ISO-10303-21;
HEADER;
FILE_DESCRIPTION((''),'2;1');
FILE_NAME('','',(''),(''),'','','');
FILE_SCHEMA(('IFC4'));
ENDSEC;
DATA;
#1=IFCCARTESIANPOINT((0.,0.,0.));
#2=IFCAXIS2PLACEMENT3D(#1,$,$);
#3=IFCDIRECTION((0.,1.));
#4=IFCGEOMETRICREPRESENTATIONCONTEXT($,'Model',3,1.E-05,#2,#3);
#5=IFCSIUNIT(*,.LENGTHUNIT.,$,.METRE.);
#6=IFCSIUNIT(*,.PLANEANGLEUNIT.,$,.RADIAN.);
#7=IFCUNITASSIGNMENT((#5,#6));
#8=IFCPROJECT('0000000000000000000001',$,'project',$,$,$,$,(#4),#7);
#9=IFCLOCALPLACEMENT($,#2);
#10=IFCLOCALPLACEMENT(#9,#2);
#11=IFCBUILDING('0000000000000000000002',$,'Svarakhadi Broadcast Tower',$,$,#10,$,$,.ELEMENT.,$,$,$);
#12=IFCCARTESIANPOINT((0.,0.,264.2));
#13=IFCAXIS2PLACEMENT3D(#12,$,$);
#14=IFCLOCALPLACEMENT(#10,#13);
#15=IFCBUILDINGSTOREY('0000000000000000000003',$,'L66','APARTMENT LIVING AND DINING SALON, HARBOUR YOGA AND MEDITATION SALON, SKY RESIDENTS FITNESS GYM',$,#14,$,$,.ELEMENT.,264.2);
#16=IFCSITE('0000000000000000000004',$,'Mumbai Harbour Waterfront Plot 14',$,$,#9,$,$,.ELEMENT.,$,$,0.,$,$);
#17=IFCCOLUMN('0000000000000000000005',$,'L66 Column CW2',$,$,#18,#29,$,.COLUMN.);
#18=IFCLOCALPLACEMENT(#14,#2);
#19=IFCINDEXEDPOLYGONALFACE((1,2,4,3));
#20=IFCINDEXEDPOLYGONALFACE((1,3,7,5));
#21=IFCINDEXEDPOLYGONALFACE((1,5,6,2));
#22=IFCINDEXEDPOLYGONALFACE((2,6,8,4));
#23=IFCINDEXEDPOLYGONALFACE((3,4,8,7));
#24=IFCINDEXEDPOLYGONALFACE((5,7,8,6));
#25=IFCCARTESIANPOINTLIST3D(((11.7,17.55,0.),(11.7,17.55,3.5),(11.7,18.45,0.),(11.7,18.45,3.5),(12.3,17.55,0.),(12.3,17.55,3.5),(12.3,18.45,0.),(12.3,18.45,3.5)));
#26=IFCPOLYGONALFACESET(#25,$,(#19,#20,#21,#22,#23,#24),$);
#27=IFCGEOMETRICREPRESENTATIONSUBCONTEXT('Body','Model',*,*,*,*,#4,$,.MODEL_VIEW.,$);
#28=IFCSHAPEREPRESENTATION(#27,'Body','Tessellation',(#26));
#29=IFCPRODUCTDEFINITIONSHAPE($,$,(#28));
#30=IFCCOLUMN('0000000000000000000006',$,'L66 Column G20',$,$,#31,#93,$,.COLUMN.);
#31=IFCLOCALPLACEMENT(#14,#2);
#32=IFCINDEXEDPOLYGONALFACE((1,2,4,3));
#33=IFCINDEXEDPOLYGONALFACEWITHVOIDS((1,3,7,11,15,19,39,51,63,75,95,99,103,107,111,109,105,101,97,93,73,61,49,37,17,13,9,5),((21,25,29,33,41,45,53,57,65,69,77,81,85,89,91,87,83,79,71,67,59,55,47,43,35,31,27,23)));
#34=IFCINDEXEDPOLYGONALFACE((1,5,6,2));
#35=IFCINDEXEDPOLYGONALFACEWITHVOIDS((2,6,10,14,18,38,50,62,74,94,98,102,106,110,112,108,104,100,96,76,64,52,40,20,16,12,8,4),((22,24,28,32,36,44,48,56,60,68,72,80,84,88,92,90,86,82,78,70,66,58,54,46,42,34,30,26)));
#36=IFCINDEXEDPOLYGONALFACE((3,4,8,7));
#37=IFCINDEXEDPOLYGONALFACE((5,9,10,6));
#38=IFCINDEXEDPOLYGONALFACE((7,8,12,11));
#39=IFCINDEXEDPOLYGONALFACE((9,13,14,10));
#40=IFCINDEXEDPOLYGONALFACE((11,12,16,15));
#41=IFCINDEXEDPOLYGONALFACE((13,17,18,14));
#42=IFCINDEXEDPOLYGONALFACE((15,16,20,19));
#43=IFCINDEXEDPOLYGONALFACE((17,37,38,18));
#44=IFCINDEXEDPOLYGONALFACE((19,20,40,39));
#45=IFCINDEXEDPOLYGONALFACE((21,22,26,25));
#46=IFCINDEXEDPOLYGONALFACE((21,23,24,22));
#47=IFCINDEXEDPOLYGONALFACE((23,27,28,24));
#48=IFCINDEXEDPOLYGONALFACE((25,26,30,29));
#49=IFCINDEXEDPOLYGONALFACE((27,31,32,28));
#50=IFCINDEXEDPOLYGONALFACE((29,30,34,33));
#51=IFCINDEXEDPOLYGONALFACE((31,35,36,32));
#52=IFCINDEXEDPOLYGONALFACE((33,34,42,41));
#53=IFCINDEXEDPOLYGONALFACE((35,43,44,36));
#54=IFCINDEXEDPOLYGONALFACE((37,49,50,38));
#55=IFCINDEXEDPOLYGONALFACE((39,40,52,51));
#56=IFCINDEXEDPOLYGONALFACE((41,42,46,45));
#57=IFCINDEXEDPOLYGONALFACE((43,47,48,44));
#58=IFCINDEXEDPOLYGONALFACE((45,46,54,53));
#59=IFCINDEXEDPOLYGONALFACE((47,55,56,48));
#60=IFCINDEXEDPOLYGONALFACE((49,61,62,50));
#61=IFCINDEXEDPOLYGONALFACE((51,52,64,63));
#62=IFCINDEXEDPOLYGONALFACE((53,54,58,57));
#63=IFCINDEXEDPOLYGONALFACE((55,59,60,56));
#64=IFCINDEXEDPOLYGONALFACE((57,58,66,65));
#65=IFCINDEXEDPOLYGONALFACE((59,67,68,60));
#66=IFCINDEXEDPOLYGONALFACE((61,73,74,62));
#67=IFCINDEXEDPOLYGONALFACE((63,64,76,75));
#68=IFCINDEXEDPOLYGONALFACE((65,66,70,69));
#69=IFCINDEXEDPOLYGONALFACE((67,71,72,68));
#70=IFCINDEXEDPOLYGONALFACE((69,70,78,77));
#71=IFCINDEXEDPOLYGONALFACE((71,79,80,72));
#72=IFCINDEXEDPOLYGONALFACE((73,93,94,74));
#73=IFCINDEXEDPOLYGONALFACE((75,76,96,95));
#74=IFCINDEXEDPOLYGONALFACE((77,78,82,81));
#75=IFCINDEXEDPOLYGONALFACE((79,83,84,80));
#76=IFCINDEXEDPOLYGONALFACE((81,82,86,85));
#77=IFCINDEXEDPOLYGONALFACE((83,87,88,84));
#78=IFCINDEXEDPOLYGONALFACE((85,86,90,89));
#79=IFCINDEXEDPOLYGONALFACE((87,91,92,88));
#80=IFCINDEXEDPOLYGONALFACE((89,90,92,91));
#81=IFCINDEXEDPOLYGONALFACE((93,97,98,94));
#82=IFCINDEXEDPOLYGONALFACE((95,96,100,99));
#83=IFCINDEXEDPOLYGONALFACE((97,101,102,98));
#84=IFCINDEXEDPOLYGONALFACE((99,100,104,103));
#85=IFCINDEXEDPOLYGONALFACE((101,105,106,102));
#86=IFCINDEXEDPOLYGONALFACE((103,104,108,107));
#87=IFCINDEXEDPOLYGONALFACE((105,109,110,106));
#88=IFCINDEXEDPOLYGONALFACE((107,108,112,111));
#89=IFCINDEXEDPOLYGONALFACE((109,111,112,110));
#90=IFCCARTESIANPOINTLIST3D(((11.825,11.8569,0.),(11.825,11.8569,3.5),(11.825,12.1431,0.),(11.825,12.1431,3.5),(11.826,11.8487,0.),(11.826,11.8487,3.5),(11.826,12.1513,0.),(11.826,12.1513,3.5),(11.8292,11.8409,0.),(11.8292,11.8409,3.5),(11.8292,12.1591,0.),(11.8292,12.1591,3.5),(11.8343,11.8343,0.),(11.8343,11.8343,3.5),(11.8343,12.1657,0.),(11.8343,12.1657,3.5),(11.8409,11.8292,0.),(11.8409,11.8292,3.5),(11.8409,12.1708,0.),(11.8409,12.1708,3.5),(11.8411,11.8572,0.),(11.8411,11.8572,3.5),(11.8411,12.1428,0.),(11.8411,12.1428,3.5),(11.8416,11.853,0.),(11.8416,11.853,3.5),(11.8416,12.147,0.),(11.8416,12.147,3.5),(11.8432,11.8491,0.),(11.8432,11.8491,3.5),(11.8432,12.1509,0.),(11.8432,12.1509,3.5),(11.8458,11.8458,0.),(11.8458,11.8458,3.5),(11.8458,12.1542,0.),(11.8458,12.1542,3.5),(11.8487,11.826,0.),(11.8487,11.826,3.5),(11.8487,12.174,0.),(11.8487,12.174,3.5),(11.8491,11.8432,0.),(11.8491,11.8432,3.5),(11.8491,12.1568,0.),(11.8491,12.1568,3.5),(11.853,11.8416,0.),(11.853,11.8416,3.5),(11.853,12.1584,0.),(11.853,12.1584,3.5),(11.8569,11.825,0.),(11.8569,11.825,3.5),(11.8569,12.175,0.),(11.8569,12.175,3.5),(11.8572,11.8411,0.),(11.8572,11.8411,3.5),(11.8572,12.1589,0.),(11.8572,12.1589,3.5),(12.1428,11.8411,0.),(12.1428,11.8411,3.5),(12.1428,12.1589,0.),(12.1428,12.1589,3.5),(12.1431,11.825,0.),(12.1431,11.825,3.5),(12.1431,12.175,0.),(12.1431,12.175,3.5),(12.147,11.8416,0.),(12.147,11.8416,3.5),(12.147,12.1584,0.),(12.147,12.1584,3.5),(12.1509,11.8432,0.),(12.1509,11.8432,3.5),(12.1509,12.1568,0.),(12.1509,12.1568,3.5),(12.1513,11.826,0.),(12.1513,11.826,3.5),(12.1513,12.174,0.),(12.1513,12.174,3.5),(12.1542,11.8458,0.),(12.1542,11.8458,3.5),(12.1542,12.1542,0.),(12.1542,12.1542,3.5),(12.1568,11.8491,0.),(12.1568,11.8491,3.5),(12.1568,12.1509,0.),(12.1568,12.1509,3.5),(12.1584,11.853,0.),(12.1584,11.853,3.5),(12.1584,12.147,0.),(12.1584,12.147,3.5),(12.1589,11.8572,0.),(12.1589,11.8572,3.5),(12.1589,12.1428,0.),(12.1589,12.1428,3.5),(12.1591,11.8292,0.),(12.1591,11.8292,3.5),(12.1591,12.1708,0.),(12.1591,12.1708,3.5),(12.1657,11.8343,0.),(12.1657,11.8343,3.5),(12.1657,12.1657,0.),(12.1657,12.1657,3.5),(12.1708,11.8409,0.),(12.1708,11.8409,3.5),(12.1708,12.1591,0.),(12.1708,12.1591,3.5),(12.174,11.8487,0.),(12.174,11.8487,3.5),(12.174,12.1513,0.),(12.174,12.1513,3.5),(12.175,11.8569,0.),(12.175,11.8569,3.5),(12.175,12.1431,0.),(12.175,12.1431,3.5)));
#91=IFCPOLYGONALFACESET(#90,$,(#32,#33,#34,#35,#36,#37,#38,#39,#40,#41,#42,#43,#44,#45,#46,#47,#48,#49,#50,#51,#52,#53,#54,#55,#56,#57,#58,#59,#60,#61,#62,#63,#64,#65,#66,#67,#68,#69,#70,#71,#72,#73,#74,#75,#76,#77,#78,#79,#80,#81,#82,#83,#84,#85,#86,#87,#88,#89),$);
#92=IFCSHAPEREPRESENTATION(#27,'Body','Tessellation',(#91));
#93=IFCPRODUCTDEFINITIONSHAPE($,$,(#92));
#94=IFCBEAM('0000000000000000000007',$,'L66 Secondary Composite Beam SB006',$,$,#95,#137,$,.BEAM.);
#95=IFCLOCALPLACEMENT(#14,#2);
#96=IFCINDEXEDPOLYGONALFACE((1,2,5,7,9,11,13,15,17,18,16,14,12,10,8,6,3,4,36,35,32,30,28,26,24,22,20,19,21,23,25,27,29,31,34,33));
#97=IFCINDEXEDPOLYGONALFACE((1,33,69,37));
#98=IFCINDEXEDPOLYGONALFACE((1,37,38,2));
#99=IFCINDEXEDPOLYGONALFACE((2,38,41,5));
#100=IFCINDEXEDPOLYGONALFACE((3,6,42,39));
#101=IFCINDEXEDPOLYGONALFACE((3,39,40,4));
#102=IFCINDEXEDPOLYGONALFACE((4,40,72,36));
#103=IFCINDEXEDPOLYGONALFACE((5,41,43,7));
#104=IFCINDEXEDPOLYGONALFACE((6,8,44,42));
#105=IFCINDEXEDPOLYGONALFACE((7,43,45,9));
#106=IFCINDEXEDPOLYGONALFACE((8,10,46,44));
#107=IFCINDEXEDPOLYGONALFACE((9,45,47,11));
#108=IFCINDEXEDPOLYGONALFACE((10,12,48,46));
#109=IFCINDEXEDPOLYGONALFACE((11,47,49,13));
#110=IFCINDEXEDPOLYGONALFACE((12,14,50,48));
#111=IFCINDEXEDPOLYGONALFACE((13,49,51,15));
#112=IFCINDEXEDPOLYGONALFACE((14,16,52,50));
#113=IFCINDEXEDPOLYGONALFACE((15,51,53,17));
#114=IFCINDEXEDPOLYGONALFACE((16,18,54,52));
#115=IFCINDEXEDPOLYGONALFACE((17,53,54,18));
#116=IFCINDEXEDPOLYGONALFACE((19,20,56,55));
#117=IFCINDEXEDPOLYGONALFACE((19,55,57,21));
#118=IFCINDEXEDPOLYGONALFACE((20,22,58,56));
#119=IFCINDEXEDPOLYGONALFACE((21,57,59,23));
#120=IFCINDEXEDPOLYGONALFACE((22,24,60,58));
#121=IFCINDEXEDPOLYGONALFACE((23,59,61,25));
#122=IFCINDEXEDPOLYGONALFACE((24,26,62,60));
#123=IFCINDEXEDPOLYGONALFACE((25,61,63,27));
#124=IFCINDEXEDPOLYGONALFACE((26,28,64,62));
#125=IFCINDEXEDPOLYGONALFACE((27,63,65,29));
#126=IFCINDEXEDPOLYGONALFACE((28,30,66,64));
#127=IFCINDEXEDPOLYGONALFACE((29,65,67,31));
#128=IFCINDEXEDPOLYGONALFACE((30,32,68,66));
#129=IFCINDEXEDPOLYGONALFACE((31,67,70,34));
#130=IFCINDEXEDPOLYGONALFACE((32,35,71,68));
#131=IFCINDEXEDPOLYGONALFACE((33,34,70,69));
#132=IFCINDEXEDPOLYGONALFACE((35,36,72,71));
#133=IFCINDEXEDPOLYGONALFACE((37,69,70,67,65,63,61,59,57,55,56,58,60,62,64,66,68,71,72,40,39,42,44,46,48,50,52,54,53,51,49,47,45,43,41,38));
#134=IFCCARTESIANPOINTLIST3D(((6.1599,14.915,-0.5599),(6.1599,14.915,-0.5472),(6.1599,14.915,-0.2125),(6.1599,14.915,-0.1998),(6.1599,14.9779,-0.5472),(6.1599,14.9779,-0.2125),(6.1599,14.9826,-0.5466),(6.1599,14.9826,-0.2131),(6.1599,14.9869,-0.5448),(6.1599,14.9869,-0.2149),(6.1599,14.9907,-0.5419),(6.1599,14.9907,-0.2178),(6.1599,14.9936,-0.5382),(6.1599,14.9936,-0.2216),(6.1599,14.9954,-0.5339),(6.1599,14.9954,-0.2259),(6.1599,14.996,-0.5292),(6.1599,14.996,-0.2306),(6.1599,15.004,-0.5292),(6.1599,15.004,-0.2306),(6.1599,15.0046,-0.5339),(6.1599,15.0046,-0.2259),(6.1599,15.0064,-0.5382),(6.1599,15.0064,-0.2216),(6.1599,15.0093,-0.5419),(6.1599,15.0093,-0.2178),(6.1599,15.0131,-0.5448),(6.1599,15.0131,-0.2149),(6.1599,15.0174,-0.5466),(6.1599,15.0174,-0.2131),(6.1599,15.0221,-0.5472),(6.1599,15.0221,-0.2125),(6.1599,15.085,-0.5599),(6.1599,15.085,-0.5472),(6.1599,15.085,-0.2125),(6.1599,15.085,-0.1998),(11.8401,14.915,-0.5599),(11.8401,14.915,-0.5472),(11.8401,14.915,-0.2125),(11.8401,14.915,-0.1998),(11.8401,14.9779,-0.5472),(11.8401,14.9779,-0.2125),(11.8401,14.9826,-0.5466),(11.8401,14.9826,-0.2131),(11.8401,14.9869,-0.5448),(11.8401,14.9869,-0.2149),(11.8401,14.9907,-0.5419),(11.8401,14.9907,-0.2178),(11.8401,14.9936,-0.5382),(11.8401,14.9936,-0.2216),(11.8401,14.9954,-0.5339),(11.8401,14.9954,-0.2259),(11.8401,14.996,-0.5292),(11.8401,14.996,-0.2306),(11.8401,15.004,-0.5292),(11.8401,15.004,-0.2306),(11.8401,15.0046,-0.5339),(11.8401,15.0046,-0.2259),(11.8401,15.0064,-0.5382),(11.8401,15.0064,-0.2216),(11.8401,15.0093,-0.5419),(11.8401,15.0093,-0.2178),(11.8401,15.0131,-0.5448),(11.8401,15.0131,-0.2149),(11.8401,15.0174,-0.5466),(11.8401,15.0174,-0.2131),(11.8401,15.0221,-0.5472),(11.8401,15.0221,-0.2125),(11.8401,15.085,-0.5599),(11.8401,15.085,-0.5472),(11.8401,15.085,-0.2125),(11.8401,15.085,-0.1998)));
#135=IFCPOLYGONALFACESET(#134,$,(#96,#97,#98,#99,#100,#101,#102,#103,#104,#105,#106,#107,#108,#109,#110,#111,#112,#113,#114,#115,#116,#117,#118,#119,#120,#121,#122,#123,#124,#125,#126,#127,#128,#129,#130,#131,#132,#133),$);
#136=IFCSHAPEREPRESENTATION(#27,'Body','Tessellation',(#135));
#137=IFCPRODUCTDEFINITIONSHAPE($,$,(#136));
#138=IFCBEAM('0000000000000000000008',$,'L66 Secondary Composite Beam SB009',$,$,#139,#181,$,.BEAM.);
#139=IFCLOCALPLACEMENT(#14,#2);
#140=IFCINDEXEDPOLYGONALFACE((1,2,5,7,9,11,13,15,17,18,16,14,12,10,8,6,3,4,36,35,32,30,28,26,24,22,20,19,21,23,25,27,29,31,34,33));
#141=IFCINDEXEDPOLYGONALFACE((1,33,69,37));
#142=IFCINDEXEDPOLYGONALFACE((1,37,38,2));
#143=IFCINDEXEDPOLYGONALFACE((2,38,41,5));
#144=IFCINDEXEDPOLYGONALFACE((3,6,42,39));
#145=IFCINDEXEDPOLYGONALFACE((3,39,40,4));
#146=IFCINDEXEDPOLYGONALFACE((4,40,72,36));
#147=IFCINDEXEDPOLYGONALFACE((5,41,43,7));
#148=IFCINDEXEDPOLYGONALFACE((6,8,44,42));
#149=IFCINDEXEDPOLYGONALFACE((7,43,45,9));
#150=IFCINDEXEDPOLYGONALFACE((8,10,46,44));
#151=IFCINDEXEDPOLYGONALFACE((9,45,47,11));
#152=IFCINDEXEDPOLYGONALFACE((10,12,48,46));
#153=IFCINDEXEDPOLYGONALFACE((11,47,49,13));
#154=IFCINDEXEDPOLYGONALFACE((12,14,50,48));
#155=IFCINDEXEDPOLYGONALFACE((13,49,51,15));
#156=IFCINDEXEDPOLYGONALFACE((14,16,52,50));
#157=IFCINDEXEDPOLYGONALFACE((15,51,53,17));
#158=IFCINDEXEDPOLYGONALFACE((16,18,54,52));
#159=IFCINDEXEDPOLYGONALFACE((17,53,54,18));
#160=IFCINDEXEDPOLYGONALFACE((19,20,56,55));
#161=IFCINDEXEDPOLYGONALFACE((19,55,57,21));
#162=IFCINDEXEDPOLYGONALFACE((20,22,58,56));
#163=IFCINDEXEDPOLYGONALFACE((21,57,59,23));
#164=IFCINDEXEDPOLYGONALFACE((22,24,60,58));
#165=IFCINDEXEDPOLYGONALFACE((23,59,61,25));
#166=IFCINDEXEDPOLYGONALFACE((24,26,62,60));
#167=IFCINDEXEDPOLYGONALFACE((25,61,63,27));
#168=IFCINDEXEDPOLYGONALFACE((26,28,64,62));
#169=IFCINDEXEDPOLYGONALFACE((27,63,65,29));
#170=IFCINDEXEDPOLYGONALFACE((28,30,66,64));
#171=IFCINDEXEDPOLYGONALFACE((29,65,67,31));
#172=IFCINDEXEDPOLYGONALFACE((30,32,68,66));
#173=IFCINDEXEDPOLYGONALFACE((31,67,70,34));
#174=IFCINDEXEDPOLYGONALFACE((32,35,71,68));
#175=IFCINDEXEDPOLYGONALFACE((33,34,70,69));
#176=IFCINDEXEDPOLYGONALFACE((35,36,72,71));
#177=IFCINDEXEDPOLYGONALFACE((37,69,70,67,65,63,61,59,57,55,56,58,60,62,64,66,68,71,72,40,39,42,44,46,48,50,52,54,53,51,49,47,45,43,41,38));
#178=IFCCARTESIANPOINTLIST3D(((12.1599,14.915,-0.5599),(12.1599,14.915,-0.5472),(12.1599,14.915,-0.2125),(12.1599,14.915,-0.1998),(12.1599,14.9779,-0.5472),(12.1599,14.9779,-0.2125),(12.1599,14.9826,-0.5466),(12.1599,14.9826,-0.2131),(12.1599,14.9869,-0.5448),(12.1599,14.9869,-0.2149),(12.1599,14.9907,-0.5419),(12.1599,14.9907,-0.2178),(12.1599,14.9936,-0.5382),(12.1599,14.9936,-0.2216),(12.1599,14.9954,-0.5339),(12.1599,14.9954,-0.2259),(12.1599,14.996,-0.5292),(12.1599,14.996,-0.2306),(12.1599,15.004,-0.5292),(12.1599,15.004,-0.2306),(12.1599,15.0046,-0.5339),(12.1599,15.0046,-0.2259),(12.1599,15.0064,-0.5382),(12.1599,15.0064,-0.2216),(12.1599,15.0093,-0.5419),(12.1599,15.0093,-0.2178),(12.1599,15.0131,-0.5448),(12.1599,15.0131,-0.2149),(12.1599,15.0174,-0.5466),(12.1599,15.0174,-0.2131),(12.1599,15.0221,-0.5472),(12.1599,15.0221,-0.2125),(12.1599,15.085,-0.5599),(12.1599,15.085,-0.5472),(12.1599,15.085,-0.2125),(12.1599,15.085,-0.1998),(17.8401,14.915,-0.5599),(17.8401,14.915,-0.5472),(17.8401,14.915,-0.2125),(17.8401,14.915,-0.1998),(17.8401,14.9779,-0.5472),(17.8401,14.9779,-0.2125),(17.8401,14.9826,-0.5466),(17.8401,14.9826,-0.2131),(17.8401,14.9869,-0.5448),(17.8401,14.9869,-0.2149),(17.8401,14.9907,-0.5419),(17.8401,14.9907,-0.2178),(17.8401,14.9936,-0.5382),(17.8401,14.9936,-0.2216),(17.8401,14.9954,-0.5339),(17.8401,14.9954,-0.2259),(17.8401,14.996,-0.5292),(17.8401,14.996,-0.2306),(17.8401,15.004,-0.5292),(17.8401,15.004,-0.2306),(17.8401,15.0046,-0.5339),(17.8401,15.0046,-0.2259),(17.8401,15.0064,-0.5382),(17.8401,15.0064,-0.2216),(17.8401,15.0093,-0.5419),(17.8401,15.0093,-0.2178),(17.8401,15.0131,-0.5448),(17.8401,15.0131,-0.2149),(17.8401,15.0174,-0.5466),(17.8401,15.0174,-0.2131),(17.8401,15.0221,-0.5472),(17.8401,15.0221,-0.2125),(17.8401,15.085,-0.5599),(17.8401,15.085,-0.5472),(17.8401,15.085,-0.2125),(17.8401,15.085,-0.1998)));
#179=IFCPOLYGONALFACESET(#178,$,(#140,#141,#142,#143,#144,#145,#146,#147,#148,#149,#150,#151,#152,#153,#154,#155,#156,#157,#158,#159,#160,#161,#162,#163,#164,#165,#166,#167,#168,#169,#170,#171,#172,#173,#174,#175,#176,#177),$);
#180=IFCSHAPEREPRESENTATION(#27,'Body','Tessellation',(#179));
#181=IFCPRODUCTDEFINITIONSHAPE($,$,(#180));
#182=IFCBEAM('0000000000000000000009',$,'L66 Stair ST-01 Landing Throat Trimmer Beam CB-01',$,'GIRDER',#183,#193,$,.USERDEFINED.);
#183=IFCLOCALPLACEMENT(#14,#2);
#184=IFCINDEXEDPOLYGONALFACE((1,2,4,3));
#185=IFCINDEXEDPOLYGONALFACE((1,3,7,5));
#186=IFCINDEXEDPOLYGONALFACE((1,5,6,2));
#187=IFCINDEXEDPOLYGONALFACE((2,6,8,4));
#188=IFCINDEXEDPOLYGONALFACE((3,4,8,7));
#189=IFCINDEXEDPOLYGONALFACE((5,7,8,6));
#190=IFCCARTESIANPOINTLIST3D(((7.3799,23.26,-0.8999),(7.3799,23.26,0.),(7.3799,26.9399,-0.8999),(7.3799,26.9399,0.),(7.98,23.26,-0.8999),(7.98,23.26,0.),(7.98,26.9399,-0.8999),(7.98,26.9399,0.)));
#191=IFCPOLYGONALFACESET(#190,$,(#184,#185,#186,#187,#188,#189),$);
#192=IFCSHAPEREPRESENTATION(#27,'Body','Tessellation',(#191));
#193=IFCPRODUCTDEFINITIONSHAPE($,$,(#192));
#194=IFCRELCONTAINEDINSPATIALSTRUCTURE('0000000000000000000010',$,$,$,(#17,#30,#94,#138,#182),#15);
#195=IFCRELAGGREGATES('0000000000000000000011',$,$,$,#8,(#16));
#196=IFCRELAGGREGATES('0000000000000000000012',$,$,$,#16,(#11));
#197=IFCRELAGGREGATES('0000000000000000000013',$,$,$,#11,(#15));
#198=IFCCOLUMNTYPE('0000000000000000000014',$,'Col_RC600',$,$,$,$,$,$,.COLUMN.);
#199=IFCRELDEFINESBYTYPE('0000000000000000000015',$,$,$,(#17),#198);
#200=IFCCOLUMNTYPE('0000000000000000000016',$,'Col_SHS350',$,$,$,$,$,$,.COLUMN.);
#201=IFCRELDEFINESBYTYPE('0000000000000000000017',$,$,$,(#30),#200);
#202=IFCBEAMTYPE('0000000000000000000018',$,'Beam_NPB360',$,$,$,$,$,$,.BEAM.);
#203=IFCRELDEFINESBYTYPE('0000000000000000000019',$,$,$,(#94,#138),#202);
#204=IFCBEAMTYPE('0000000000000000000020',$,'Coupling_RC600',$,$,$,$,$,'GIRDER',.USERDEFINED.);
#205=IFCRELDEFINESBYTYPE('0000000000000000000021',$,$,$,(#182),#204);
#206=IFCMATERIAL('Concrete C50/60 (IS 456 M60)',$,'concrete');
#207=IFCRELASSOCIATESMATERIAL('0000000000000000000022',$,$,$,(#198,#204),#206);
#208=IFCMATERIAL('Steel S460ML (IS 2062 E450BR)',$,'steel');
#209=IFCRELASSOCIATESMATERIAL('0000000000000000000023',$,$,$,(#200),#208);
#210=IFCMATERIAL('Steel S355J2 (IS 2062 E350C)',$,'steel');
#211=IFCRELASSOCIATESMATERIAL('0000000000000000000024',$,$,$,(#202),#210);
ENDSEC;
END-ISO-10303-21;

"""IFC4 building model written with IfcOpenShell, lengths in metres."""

from ifc_helpers import new_model, si_unit, direction, frame, origin, origin_2d, place, context, subcontext, project, spatial, rectangle, hollow_rectangle, i_section, extrude, material, material_profile, profile_set, type_object, element, save


model = new_model("IFC4")

# Units and contexts
model_context = context("Model", 3, precision=1e-05, world=origin(), true_north=direction((0.0, 1.0)))
body_context = subcontext(model_context, "Body", "Model", "MODEL_VIEW")
ifc_project = project(units=[si_unit("LENGTHUNIT", "METRE"), si_unit("PLANEANGLEUNIT", "RADIAN")], contexts=[model_context])

# Site, building, storey
site_placement = place(None, origin())
site = spatial("IfcSite", under=ifc_project, at=site_placement, Name="Mumbai Harbour Waterfront Plot 14", CompositionType="ELEMENT", RefElevation=0.0)
building_placement = place(site_placement, origin())
building = spatial("IfcBuilding", under=site, at=building_placement, Name="Svarakhadi Broadcast Tower", CompositionType="ELEMENT")
storey_placement = place(building_placement, frame((0.0, 0.0, 264.2)))
storey = spatial("IfcBuildingStorey", under=building, at=storey_placement, Name="L66", Description="APARTMENT LIVING AND DINING SALON, HARBOUR YOGA AND MEDITATION SALON, SKY RESIDENTS FITNESS GYM", CompositionType="ELEMENT", Elevation=264.2)

# Columns
ifc_material_1 = material(Name="Concrete C50/60 (IS 456 M60)", Category="concrete")
ifc_material_profile_1 = material_profile(ifc_material_1, rectangle(XDim=0.6001, YDim=0.8999, at=origin_2d()), Name="RC 600x900")
ifc_profile_set_1 = profile_set([ifc_material_profile_1], Name="Concrete C50/60 (IS 456 M60)")
column_type_1 = type_object("IfcColumnType", Name="Col_RC600", PredefinedType="COLUMN", material=ifc_profile_set_1)
column_1_placement = place(storey_placement, frame((12.0, 18.0, 0.0), z_axis=(0.0, 0.0, 1.0), x_axis=(1.0, 0.0, 0.0)))
element("IfcColumn", 1, at=column_1_placement, inside=storey, type_object=column_type_1, Name="L66 Column CW2", PredefinedType="COLUMN", context=body_context, shape_type="SweptSolid", body=[
    extrude(rectangle(XDim=0.6001, YDim=0.8999, at=origin_2d()), origin(), (0.0, 0.0, 1.0), 3.5),
])
ifc_material_2 = material(Name="Steel S460ML (IS 2062 E450BR)", Category="steel")
ifc_material_profile_2 = material_profile(ifc_material_2, hollow_rectangle(XDim=0.3501, YDim=0.3501, WallThickness=0.0161, InnerFilletRadius=0.0161, OuterFilletRadius=0.032, at=origin_2d()), Name="SHS 350x350x16")
ifc_profile_set_2 = profile_set([ifc_material_profile_2], Name="Steel S460ML (IS 2062 E450BR)")
column_type_2 = type_object("IfcColumnType", Name="Col_SHS350", PredefinedType="COLUMN", material=ifc_profile_set_2)
column_2_placement = place(storey_placement, frame((12.0, 12.0, 0.0), z_axis=(0.0, 0.0, 1.0), x_axis=(1.0, 0.0, 0.0)))
element("IfcColumn", 2, at=column_2_placement, inside=storey, type_object=column_type_2, Name="L66 Column G20", PredefinedType="COLUMN", context=body_context, shape_type="SweptSolid", body=[
    extrude(hollow_rectangle(XDim=0.3501, YDim=0.3501, WallThickness=0.0161, InnerFilletRadius=0.0161, OuterFilletRadius=0.032, at=origin_2d()), origin(), (0.0, 0.0, 1.0), 3.5),
])

# Beams
ifc_material_3 = material(Name="Steel S355J2 (IS 2062 E350C)", Category="steel")
ifc_material_profile_3 = material_profile(ifc_material_3, i_section(OverallWidth=0.1699, OverallDepth=0.3601, WebThickness=0.0081, FlangeThickness=0.0127, FilletRadius=0.0181, at=origin_2d()), Name="NPB 360x170x57")
ifc_profile_set_3 = profile_set([ifc_material_profile_3], Name="Steel S355J2 (IS 2062 E350C)")
beam_type_1 = type_object("IfcBeamType", Name="Beam_NPB360", PredefinedType="BEAM", material=ifc_profile_set_3)
for number, where, z_axis, x_axis, name in (
    (3, (6.1599, 15.0, -0.3799), (1.0, 0.0, 0.0), (0.0, 1.0, 0.0), "L66 Secondary Composite Beam SB006"),
    (4, (12.1599, 15.0, -0.3799), (1.0, 0.0, 0.0), (0.0, 1.0, 0.0), "L66 Secondary Composite Beam SB009"),
):
    element("IfcBeam", number, at=place(storey_placement, frame(where, z_axis=z_axis, x_axis=x_axis)), inside=storey, type_object=beam_type_1, Name=name, PredefinedType="BEAM", context=body_context, shape_type="SweptSolid", body=[
        extrude(i_section(OverallWidth=0.1699, OverallDepth=0.3601, WebThickness=0.0081, FlangeThickness=0.0127, FilletRadius=0.0181, at=origin_2d()), origin(), (0.0, 0.0, 1.0), 5.6802),
    ])
ifc_material_profile_4 = material_profile(ifc_material_1, rectangle(XDim=0.6001, YDim=0.8999, at=origin_2d()), Name="RC 600x900")
ifc_profile_set_4 = profile_set([ifc_material_profile_4], Name="Concrete C50/60 (IS 456 M60)")
beam_type_2 = type_object("IfcBeamType", Name="Coupling_RC600", ElementType="GIRDER", PredefinedType="USERDEFINED", material=ifc_profile_set_4)
beam_1_placement = place(storey_placement, frame((7.6799, 23.26, -0.45), z_axis=(0.0, 1.0, 0.0), x_axis=(-1.0, 0.0, 0.0)))
element("IfcBeam", 5, at=beam_1_placement, inside=storey, type_object=beam_type_2, Name="L66 Stair ST-01 Landing Throat Trimmer Beam CB-01", ObjectType="GIRDER", PredefinedType="USERDEFINED", context=body_context, shape_type="SweptSolid", body=[
    extrude(rectangle(XDim=0.6001, YDim=0.8999, at=origin_2d()), origin(), (0.0, 0.0, 1.0), 3.6799),
])

save(model, "model.ifc")
